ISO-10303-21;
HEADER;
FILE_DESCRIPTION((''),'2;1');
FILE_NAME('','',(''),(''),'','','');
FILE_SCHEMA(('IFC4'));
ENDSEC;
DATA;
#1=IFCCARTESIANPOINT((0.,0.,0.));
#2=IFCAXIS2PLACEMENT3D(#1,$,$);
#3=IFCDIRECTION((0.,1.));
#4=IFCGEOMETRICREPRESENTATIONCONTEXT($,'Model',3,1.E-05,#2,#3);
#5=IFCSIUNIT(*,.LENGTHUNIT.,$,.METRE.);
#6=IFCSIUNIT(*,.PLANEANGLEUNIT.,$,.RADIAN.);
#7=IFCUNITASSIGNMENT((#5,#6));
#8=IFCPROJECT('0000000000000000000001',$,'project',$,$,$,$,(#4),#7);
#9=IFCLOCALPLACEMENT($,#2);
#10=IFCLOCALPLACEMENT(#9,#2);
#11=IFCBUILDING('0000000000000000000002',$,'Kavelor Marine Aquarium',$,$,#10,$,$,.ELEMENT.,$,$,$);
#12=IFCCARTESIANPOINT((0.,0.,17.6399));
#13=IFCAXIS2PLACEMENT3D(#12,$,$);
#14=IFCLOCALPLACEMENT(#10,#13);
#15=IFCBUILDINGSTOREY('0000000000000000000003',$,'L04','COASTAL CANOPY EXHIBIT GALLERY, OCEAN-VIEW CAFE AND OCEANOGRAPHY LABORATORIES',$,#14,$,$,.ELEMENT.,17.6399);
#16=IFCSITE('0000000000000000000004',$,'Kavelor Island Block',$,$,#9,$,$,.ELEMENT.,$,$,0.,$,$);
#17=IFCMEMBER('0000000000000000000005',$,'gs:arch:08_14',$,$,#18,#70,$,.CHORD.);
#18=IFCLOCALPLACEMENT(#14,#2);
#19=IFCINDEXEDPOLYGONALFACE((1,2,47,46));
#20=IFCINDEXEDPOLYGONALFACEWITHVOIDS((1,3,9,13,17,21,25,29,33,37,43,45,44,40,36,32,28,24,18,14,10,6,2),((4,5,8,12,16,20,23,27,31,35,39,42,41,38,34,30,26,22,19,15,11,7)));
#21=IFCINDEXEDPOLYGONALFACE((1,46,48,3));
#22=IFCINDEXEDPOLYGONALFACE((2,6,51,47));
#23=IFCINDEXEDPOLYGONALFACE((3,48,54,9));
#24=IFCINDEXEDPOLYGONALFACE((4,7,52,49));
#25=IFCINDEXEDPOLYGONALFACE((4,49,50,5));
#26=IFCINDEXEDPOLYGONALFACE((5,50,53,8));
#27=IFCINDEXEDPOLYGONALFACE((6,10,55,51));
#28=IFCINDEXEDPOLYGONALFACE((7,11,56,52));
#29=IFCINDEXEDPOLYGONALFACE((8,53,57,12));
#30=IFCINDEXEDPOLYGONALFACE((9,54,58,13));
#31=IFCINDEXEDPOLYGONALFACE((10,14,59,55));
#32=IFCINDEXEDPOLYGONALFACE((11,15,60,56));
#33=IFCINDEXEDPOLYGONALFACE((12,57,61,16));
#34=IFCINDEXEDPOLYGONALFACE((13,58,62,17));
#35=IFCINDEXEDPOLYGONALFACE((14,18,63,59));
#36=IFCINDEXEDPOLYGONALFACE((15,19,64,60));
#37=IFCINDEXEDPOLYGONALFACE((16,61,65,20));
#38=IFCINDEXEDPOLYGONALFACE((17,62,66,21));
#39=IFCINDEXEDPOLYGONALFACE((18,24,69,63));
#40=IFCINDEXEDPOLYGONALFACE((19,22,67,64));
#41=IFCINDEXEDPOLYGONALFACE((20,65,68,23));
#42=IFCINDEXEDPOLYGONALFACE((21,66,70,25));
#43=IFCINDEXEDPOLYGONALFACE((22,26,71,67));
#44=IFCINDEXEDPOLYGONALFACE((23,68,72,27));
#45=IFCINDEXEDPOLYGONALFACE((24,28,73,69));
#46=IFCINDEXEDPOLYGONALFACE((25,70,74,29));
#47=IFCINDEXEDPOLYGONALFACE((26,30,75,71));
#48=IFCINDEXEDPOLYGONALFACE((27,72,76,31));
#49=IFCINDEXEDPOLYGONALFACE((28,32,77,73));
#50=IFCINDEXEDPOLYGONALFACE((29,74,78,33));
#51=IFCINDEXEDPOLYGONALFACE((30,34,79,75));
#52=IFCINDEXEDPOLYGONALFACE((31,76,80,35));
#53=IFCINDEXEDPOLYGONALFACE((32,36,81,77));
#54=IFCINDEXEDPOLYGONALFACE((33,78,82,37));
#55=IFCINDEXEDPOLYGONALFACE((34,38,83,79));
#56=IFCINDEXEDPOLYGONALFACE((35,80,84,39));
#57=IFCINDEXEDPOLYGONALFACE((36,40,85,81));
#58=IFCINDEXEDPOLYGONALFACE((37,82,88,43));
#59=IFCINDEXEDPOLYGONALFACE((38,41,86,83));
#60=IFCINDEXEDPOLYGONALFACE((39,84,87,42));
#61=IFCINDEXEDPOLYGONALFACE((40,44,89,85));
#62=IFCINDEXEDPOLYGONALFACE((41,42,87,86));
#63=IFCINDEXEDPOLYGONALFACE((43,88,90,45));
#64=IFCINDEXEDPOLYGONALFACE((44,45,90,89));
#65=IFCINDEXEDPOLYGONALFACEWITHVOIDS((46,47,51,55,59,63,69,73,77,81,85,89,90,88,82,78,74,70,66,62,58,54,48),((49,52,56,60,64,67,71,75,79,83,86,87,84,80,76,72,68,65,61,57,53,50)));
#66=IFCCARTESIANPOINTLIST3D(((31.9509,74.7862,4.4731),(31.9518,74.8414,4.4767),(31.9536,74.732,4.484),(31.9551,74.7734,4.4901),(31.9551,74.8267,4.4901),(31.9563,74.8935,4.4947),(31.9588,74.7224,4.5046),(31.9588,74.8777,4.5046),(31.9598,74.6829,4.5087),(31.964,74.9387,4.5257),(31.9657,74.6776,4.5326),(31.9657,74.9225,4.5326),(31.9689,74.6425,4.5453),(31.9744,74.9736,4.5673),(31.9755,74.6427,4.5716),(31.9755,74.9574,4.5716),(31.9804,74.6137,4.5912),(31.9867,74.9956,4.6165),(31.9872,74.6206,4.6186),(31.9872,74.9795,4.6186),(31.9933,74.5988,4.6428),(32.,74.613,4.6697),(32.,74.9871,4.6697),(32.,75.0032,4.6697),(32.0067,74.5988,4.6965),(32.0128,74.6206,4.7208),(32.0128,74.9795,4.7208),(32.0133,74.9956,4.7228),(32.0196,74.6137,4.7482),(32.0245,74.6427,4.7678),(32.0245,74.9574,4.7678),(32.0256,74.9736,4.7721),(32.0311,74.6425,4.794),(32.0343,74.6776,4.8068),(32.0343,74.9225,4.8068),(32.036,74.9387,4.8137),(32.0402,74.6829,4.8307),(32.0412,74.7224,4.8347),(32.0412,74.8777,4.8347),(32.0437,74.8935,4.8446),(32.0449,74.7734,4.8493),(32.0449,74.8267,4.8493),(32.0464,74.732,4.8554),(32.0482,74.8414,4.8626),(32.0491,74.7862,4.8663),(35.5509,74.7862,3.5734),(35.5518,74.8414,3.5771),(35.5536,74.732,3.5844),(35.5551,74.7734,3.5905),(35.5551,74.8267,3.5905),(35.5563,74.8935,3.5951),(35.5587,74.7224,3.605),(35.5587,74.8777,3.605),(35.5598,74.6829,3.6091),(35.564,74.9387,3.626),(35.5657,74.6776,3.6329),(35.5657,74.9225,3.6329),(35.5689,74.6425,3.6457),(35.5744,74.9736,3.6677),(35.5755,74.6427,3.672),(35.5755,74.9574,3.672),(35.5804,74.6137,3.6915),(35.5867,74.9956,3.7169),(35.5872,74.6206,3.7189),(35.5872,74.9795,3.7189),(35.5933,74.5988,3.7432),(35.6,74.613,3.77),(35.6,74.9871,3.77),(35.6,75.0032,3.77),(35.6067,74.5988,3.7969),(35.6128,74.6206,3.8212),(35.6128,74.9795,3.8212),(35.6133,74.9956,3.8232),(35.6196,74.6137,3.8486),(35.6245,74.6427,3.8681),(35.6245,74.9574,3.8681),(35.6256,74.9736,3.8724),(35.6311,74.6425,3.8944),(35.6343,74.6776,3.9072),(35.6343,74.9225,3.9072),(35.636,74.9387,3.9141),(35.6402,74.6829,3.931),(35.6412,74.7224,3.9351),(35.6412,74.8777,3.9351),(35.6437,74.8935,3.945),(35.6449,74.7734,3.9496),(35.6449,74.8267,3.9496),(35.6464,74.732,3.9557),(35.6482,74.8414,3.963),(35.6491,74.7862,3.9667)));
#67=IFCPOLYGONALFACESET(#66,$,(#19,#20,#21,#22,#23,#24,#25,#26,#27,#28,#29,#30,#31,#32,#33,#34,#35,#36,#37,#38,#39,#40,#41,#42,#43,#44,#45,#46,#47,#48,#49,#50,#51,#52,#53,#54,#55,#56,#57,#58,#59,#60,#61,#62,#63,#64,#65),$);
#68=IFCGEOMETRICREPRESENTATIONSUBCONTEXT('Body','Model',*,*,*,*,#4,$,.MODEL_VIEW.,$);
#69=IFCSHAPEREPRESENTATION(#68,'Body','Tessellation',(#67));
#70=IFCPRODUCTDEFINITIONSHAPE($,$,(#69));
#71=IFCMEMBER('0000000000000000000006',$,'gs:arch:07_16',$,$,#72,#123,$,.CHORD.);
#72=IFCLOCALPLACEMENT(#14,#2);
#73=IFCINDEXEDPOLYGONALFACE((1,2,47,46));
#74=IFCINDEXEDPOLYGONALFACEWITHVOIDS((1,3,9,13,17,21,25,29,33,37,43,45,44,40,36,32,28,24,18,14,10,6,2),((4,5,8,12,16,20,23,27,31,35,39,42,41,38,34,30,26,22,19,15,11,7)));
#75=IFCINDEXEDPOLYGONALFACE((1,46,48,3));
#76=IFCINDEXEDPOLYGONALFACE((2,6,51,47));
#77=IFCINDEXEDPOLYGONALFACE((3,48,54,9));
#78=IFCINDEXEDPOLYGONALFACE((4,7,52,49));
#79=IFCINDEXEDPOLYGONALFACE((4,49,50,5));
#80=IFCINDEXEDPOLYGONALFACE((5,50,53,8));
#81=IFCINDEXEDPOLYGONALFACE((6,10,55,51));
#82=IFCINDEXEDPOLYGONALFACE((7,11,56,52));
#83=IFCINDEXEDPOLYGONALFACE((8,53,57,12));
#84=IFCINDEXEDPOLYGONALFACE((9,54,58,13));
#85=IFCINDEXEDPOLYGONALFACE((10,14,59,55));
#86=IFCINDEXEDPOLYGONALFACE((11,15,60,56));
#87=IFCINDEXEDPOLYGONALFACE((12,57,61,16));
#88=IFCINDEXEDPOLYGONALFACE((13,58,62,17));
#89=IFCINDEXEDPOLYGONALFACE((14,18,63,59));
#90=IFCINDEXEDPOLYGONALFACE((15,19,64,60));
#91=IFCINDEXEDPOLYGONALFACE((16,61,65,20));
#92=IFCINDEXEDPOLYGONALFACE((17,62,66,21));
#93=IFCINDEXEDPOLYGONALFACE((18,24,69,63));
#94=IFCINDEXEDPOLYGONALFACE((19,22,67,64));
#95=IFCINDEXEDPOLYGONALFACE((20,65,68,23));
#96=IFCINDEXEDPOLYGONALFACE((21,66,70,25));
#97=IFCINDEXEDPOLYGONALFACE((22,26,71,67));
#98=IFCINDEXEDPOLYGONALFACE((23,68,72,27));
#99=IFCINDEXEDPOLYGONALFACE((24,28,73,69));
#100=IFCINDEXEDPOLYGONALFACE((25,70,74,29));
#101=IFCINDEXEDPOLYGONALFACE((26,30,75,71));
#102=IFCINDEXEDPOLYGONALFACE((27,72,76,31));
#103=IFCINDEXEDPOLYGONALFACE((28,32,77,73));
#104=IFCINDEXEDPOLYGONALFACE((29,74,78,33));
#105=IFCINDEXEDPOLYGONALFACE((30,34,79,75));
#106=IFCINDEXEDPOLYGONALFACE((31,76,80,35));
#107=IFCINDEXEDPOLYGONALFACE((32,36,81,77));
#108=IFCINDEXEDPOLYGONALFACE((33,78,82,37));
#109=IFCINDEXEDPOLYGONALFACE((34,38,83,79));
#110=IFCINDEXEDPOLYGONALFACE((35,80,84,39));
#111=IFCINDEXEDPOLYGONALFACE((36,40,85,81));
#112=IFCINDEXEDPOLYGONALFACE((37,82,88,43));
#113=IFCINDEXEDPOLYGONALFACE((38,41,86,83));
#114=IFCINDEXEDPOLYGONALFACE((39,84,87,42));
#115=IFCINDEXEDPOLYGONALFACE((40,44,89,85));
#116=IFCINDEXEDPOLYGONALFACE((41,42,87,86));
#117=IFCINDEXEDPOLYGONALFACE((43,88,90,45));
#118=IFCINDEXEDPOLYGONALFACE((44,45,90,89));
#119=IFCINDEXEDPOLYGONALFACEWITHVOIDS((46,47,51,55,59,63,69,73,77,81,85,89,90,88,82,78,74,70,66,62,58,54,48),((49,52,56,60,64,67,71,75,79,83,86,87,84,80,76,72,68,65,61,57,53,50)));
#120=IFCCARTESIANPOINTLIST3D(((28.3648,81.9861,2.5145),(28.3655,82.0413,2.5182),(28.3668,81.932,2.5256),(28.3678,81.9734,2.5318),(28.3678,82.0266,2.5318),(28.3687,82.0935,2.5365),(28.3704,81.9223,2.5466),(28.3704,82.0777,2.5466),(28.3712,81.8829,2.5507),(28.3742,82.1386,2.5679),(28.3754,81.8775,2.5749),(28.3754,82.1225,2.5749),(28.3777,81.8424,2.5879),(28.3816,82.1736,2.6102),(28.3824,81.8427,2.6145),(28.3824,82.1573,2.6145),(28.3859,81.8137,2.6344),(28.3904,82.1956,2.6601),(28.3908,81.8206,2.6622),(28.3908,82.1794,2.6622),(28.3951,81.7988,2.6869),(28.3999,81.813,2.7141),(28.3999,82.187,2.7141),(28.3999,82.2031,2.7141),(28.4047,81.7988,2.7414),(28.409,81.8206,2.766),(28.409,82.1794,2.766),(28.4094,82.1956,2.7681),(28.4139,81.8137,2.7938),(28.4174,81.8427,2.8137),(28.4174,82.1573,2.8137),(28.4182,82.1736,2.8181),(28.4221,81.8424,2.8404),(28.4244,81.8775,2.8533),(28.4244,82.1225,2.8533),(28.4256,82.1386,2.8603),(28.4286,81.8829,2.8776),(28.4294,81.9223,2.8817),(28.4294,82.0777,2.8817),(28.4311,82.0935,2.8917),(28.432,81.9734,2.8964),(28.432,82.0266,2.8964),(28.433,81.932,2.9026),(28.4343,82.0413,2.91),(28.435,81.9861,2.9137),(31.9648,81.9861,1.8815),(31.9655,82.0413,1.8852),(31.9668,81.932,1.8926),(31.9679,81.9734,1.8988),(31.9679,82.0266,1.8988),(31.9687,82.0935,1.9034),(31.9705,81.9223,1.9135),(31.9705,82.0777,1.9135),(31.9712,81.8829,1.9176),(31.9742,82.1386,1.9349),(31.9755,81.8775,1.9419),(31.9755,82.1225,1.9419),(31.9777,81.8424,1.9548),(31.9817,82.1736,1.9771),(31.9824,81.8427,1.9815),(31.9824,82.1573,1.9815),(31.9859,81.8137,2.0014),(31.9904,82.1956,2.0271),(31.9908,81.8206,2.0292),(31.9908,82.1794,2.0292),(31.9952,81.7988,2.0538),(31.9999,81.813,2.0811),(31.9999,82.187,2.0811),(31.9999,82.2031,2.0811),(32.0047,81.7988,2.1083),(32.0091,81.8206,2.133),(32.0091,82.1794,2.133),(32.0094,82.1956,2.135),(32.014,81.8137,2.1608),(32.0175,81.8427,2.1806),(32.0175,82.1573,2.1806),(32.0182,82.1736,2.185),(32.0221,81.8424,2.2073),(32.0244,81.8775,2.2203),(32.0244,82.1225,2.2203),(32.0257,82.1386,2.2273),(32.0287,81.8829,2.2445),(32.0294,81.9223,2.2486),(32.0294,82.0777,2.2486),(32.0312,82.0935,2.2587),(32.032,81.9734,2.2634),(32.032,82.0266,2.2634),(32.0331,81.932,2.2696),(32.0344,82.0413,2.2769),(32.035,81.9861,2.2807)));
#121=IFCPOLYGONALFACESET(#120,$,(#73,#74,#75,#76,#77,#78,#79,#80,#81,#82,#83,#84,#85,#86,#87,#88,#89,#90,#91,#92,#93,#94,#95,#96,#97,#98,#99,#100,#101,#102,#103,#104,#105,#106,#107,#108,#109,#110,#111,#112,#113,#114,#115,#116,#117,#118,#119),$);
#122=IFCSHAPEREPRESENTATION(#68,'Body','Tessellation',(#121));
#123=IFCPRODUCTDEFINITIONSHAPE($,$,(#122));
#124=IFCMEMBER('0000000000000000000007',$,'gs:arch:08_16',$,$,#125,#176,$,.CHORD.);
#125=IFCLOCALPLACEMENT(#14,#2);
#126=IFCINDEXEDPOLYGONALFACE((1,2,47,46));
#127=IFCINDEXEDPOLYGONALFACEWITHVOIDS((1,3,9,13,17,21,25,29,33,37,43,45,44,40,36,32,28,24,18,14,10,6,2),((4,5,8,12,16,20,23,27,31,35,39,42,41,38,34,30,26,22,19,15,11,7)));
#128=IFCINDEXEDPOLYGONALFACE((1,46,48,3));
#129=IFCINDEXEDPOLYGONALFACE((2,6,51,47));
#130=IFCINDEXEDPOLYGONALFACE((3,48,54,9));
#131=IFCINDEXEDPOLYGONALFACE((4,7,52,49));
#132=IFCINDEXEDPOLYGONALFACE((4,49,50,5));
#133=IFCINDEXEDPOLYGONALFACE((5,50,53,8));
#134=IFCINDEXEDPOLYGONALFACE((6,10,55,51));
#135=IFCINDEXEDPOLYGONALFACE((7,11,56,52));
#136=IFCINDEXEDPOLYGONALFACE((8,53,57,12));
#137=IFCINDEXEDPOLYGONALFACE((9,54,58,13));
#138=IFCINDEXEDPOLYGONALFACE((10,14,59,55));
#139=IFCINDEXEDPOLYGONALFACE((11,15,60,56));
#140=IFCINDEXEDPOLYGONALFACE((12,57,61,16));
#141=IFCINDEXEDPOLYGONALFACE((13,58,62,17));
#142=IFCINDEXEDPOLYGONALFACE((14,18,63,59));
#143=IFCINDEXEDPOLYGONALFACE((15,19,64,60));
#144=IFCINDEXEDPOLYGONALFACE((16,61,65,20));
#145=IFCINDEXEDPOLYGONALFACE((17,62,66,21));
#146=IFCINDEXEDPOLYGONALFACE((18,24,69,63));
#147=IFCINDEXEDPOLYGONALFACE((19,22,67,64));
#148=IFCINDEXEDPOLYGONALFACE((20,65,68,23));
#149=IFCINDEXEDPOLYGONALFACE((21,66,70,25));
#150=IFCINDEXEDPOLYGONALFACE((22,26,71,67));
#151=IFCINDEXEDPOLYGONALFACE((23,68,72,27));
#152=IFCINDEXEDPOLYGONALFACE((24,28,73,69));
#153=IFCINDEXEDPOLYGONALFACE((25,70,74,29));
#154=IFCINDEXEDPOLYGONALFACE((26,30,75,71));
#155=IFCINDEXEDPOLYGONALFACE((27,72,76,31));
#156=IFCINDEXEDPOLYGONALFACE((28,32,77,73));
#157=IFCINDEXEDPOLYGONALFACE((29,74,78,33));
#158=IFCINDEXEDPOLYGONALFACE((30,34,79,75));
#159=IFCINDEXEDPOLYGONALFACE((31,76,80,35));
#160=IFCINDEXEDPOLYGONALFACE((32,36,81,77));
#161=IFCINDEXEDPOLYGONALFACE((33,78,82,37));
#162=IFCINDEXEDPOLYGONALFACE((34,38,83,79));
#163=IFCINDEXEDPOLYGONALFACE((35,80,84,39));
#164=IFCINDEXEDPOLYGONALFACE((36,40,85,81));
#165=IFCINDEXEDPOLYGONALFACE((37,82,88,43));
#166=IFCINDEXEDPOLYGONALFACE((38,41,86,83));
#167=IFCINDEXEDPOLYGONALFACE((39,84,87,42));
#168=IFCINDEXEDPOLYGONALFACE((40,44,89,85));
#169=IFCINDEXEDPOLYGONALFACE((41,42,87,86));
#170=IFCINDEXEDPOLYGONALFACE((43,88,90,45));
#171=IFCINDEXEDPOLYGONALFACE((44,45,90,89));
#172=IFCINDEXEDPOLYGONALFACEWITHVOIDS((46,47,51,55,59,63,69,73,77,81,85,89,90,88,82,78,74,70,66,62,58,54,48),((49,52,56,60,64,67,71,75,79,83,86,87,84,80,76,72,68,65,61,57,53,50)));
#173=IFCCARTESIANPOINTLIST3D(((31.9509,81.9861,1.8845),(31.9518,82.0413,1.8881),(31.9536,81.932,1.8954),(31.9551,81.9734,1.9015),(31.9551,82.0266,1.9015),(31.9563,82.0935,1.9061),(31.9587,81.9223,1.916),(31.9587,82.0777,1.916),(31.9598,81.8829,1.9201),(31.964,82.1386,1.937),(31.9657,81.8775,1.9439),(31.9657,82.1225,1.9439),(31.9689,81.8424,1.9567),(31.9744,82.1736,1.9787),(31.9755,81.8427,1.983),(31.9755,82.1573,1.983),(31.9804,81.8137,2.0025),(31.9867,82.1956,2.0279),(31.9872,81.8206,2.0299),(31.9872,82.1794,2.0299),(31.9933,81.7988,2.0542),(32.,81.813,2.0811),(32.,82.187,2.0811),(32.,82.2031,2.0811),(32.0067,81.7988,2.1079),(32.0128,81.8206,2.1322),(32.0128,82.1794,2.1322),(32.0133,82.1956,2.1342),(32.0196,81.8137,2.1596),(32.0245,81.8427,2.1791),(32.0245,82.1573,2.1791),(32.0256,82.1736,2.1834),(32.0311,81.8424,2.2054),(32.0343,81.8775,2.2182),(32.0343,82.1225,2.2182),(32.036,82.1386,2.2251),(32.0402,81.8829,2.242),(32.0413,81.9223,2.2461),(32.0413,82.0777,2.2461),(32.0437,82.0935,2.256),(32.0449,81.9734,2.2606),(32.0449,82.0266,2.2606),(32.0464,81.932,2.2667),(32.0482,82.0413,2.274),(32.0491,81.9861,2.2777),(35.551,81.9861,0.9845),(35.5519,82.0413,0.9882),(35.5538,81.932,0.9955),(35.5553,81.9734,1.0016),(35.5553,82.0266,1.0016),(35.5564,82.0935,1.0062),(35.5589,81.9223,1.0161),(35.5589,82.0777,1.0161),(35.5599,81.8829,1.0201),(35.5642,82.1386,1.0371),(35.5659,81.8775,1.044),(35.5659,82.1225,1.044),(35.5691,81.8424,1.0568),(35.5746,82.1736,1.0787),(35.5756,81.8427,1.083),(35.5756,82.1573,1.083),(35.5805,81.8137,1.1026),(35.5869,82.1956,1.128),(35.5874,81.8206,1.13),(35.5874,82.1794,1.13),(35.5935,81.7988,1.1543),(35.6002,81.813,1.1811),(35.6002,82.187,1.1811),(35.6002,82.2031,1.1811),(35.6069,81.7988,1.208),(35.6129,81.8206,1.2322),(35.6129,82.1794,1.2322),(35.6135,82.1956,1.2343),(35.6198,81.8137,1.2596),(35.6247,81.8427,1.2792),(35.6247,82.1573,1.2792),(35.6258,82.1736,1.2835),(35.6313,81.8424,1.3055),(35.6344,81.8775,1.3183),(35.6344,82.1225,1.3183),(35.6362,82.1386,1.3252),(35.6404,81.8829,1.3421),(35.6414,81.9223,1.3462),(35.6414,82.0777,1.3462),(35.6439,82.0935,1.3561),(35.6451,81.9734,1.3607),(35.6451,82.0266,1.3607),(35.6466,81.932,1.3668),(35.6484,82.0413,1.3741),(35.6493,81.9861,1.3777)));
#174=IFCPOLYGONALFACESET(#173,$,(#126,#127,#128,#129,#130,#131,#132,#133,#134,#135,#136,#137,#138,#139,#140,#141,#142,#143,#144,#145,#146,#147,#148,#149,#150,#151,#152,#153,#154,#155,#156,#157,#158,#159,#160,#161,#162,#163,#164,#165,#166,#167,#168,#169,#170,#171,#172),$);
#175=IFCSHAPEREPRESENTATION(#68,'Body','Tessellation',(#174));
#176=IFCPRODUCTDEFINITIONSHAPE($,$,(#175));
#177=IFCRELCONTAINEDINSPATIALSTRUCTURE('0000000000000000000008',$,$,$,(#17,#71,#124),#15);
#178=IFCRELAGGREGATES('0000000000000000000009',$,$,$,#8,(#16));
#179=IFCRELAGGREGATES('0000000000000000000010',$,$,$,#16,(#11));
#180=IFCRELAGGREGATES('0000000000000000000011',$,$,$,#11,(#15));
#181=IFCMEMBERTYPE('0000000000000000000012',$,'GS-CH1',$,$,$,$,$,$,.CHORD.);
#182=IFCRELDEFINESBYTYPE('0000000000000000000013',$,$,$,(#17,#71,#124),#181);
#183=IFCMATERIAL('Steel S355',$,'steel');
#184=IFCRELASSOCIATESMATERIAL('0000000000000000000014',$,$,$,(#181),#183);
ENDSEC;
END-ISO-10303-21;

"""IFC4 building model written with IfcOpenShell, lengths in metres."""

from ifc_helpers import new_model, si_unit, direction, frame, origin, origin_2d, place, context, subcontext, project, spatial, hollow_circle, extrude, material, material_profile, profile_set, type_object, element, save


model = new_model("IFC4")

# Units and contexts
model_context = context("Model", 3, precision=1e-05, world=origin(), true_north=direction((0.0, 1.0)))
body_context = subcontext(model_context, "Body", "Model", "MODEL_VIEW")
ifc_project = project(units=[si_unit("LENGTHUNIT", "METRE"), si_unit("PLANEANGLEUNIT", "RADIAN")], contexts=[model_context])

# Site, building, storey
site_placement = place(None, origin())
site = spatial("IfcSite", under=ifc_project, at=site_placement, Name="Kavelor Island Block", CompositionType="ELEMENT", RefElevation=0.0)
building_placement = place(site_placement, origin())
building = spatial("IfcBuilding", under=site, at=building_placement, Name="Kavelor Marine Aquarium", CompositionType="ELEMENT")
storey_placement = place(building_placement, frame((0.0, 0.0, 17.6399)))
storey = spatial("IfcBuildingStorey", under=building, at=storey_placement, Name="L04", Description="COASTAL CANOPY EXHIBIT GALLERY, OCEAN-VIEW CAFE AND OCEANOGRAPHY LABORATORIES", CompositionType="ELEMENT", Elevation=17.6399)

# Members
ifc_material_1 = material(Name="Steel S355", Category="steel")
ifc_material_profile_1 = material_profile(ifc_material_1, hollow_circle(Radius=0.2031, WallThickness=0.0161, at=origin_2d()), Name="CHS 406.4x16.0")
ifc_profile_set_1 = profile_set([ifc_material_profile_1], Name="Steel S355")
member_type_1 = type_object("IfcMemberType", Name="GS-CH1", PredefinedType="CHORD", material=ifc_profile_set_1)
member_1_placement = place(storey_placement, frame((32.0, 74.8, 4.6697), z_axis=(0.970166, 0.0, -0.242443), x_axis=(0.0, 1.0, 0.0)))
element("IfcMember", 1, at=member_1_placement, inside=storey, type_object=member_type_1, Name="gs:arch:08_14", PredefinedType="CHORD", context=body_context, shape_type="SweptSolid", body=[
    extrude(hollow_circle(Radius=0.2031, WallThickness=0.0161, at=origin_2d()), origin(), (0.0, 0.0, 1.0), 3.7107),
])
member_2_placement = place(storey_placement, frame((28.3999, 82.0, 2.7141), z_axis=(0.984889, 0.0, -0.173187), x_axis=(0.0, 1.0, 0.0)))
element("IfcMember", 2, at=member_2_placement, inside=storey, type_object=member_type_1, Name="gs:arch:07_16", PredefinedType="CHORD", context=body_context, shape_type="SweptSolid", body=[
    extrude(hollow_circle(Radius=0.2031, WallThickness=0.0161, at=origin_2d()), origin(), (0.0, 0.0, 1.0), 3.6553),
])
member_3_placement = place(storey_placement, frame((32.0, 82.0, 2.0811), z_axis=(0.97015, 0.0, -0.242505), x_axis=(0.0, 1.0, 0.0)))
element("IfcMember", 3, at=member_3_placement, inside=storey, type_object=member_type_1, Name="gs:arch:08_16", PredefinedType="CHORD", context=body_context, shape_type="SweptSolid", body=[
    extrude(hollow_circle(Radius=0.2031, WallThickness=0.0161, at=origin_2d()), origin(), (0.0, 0.0, 1.0), 3.7109),
])

save(model, "model.ifc")
